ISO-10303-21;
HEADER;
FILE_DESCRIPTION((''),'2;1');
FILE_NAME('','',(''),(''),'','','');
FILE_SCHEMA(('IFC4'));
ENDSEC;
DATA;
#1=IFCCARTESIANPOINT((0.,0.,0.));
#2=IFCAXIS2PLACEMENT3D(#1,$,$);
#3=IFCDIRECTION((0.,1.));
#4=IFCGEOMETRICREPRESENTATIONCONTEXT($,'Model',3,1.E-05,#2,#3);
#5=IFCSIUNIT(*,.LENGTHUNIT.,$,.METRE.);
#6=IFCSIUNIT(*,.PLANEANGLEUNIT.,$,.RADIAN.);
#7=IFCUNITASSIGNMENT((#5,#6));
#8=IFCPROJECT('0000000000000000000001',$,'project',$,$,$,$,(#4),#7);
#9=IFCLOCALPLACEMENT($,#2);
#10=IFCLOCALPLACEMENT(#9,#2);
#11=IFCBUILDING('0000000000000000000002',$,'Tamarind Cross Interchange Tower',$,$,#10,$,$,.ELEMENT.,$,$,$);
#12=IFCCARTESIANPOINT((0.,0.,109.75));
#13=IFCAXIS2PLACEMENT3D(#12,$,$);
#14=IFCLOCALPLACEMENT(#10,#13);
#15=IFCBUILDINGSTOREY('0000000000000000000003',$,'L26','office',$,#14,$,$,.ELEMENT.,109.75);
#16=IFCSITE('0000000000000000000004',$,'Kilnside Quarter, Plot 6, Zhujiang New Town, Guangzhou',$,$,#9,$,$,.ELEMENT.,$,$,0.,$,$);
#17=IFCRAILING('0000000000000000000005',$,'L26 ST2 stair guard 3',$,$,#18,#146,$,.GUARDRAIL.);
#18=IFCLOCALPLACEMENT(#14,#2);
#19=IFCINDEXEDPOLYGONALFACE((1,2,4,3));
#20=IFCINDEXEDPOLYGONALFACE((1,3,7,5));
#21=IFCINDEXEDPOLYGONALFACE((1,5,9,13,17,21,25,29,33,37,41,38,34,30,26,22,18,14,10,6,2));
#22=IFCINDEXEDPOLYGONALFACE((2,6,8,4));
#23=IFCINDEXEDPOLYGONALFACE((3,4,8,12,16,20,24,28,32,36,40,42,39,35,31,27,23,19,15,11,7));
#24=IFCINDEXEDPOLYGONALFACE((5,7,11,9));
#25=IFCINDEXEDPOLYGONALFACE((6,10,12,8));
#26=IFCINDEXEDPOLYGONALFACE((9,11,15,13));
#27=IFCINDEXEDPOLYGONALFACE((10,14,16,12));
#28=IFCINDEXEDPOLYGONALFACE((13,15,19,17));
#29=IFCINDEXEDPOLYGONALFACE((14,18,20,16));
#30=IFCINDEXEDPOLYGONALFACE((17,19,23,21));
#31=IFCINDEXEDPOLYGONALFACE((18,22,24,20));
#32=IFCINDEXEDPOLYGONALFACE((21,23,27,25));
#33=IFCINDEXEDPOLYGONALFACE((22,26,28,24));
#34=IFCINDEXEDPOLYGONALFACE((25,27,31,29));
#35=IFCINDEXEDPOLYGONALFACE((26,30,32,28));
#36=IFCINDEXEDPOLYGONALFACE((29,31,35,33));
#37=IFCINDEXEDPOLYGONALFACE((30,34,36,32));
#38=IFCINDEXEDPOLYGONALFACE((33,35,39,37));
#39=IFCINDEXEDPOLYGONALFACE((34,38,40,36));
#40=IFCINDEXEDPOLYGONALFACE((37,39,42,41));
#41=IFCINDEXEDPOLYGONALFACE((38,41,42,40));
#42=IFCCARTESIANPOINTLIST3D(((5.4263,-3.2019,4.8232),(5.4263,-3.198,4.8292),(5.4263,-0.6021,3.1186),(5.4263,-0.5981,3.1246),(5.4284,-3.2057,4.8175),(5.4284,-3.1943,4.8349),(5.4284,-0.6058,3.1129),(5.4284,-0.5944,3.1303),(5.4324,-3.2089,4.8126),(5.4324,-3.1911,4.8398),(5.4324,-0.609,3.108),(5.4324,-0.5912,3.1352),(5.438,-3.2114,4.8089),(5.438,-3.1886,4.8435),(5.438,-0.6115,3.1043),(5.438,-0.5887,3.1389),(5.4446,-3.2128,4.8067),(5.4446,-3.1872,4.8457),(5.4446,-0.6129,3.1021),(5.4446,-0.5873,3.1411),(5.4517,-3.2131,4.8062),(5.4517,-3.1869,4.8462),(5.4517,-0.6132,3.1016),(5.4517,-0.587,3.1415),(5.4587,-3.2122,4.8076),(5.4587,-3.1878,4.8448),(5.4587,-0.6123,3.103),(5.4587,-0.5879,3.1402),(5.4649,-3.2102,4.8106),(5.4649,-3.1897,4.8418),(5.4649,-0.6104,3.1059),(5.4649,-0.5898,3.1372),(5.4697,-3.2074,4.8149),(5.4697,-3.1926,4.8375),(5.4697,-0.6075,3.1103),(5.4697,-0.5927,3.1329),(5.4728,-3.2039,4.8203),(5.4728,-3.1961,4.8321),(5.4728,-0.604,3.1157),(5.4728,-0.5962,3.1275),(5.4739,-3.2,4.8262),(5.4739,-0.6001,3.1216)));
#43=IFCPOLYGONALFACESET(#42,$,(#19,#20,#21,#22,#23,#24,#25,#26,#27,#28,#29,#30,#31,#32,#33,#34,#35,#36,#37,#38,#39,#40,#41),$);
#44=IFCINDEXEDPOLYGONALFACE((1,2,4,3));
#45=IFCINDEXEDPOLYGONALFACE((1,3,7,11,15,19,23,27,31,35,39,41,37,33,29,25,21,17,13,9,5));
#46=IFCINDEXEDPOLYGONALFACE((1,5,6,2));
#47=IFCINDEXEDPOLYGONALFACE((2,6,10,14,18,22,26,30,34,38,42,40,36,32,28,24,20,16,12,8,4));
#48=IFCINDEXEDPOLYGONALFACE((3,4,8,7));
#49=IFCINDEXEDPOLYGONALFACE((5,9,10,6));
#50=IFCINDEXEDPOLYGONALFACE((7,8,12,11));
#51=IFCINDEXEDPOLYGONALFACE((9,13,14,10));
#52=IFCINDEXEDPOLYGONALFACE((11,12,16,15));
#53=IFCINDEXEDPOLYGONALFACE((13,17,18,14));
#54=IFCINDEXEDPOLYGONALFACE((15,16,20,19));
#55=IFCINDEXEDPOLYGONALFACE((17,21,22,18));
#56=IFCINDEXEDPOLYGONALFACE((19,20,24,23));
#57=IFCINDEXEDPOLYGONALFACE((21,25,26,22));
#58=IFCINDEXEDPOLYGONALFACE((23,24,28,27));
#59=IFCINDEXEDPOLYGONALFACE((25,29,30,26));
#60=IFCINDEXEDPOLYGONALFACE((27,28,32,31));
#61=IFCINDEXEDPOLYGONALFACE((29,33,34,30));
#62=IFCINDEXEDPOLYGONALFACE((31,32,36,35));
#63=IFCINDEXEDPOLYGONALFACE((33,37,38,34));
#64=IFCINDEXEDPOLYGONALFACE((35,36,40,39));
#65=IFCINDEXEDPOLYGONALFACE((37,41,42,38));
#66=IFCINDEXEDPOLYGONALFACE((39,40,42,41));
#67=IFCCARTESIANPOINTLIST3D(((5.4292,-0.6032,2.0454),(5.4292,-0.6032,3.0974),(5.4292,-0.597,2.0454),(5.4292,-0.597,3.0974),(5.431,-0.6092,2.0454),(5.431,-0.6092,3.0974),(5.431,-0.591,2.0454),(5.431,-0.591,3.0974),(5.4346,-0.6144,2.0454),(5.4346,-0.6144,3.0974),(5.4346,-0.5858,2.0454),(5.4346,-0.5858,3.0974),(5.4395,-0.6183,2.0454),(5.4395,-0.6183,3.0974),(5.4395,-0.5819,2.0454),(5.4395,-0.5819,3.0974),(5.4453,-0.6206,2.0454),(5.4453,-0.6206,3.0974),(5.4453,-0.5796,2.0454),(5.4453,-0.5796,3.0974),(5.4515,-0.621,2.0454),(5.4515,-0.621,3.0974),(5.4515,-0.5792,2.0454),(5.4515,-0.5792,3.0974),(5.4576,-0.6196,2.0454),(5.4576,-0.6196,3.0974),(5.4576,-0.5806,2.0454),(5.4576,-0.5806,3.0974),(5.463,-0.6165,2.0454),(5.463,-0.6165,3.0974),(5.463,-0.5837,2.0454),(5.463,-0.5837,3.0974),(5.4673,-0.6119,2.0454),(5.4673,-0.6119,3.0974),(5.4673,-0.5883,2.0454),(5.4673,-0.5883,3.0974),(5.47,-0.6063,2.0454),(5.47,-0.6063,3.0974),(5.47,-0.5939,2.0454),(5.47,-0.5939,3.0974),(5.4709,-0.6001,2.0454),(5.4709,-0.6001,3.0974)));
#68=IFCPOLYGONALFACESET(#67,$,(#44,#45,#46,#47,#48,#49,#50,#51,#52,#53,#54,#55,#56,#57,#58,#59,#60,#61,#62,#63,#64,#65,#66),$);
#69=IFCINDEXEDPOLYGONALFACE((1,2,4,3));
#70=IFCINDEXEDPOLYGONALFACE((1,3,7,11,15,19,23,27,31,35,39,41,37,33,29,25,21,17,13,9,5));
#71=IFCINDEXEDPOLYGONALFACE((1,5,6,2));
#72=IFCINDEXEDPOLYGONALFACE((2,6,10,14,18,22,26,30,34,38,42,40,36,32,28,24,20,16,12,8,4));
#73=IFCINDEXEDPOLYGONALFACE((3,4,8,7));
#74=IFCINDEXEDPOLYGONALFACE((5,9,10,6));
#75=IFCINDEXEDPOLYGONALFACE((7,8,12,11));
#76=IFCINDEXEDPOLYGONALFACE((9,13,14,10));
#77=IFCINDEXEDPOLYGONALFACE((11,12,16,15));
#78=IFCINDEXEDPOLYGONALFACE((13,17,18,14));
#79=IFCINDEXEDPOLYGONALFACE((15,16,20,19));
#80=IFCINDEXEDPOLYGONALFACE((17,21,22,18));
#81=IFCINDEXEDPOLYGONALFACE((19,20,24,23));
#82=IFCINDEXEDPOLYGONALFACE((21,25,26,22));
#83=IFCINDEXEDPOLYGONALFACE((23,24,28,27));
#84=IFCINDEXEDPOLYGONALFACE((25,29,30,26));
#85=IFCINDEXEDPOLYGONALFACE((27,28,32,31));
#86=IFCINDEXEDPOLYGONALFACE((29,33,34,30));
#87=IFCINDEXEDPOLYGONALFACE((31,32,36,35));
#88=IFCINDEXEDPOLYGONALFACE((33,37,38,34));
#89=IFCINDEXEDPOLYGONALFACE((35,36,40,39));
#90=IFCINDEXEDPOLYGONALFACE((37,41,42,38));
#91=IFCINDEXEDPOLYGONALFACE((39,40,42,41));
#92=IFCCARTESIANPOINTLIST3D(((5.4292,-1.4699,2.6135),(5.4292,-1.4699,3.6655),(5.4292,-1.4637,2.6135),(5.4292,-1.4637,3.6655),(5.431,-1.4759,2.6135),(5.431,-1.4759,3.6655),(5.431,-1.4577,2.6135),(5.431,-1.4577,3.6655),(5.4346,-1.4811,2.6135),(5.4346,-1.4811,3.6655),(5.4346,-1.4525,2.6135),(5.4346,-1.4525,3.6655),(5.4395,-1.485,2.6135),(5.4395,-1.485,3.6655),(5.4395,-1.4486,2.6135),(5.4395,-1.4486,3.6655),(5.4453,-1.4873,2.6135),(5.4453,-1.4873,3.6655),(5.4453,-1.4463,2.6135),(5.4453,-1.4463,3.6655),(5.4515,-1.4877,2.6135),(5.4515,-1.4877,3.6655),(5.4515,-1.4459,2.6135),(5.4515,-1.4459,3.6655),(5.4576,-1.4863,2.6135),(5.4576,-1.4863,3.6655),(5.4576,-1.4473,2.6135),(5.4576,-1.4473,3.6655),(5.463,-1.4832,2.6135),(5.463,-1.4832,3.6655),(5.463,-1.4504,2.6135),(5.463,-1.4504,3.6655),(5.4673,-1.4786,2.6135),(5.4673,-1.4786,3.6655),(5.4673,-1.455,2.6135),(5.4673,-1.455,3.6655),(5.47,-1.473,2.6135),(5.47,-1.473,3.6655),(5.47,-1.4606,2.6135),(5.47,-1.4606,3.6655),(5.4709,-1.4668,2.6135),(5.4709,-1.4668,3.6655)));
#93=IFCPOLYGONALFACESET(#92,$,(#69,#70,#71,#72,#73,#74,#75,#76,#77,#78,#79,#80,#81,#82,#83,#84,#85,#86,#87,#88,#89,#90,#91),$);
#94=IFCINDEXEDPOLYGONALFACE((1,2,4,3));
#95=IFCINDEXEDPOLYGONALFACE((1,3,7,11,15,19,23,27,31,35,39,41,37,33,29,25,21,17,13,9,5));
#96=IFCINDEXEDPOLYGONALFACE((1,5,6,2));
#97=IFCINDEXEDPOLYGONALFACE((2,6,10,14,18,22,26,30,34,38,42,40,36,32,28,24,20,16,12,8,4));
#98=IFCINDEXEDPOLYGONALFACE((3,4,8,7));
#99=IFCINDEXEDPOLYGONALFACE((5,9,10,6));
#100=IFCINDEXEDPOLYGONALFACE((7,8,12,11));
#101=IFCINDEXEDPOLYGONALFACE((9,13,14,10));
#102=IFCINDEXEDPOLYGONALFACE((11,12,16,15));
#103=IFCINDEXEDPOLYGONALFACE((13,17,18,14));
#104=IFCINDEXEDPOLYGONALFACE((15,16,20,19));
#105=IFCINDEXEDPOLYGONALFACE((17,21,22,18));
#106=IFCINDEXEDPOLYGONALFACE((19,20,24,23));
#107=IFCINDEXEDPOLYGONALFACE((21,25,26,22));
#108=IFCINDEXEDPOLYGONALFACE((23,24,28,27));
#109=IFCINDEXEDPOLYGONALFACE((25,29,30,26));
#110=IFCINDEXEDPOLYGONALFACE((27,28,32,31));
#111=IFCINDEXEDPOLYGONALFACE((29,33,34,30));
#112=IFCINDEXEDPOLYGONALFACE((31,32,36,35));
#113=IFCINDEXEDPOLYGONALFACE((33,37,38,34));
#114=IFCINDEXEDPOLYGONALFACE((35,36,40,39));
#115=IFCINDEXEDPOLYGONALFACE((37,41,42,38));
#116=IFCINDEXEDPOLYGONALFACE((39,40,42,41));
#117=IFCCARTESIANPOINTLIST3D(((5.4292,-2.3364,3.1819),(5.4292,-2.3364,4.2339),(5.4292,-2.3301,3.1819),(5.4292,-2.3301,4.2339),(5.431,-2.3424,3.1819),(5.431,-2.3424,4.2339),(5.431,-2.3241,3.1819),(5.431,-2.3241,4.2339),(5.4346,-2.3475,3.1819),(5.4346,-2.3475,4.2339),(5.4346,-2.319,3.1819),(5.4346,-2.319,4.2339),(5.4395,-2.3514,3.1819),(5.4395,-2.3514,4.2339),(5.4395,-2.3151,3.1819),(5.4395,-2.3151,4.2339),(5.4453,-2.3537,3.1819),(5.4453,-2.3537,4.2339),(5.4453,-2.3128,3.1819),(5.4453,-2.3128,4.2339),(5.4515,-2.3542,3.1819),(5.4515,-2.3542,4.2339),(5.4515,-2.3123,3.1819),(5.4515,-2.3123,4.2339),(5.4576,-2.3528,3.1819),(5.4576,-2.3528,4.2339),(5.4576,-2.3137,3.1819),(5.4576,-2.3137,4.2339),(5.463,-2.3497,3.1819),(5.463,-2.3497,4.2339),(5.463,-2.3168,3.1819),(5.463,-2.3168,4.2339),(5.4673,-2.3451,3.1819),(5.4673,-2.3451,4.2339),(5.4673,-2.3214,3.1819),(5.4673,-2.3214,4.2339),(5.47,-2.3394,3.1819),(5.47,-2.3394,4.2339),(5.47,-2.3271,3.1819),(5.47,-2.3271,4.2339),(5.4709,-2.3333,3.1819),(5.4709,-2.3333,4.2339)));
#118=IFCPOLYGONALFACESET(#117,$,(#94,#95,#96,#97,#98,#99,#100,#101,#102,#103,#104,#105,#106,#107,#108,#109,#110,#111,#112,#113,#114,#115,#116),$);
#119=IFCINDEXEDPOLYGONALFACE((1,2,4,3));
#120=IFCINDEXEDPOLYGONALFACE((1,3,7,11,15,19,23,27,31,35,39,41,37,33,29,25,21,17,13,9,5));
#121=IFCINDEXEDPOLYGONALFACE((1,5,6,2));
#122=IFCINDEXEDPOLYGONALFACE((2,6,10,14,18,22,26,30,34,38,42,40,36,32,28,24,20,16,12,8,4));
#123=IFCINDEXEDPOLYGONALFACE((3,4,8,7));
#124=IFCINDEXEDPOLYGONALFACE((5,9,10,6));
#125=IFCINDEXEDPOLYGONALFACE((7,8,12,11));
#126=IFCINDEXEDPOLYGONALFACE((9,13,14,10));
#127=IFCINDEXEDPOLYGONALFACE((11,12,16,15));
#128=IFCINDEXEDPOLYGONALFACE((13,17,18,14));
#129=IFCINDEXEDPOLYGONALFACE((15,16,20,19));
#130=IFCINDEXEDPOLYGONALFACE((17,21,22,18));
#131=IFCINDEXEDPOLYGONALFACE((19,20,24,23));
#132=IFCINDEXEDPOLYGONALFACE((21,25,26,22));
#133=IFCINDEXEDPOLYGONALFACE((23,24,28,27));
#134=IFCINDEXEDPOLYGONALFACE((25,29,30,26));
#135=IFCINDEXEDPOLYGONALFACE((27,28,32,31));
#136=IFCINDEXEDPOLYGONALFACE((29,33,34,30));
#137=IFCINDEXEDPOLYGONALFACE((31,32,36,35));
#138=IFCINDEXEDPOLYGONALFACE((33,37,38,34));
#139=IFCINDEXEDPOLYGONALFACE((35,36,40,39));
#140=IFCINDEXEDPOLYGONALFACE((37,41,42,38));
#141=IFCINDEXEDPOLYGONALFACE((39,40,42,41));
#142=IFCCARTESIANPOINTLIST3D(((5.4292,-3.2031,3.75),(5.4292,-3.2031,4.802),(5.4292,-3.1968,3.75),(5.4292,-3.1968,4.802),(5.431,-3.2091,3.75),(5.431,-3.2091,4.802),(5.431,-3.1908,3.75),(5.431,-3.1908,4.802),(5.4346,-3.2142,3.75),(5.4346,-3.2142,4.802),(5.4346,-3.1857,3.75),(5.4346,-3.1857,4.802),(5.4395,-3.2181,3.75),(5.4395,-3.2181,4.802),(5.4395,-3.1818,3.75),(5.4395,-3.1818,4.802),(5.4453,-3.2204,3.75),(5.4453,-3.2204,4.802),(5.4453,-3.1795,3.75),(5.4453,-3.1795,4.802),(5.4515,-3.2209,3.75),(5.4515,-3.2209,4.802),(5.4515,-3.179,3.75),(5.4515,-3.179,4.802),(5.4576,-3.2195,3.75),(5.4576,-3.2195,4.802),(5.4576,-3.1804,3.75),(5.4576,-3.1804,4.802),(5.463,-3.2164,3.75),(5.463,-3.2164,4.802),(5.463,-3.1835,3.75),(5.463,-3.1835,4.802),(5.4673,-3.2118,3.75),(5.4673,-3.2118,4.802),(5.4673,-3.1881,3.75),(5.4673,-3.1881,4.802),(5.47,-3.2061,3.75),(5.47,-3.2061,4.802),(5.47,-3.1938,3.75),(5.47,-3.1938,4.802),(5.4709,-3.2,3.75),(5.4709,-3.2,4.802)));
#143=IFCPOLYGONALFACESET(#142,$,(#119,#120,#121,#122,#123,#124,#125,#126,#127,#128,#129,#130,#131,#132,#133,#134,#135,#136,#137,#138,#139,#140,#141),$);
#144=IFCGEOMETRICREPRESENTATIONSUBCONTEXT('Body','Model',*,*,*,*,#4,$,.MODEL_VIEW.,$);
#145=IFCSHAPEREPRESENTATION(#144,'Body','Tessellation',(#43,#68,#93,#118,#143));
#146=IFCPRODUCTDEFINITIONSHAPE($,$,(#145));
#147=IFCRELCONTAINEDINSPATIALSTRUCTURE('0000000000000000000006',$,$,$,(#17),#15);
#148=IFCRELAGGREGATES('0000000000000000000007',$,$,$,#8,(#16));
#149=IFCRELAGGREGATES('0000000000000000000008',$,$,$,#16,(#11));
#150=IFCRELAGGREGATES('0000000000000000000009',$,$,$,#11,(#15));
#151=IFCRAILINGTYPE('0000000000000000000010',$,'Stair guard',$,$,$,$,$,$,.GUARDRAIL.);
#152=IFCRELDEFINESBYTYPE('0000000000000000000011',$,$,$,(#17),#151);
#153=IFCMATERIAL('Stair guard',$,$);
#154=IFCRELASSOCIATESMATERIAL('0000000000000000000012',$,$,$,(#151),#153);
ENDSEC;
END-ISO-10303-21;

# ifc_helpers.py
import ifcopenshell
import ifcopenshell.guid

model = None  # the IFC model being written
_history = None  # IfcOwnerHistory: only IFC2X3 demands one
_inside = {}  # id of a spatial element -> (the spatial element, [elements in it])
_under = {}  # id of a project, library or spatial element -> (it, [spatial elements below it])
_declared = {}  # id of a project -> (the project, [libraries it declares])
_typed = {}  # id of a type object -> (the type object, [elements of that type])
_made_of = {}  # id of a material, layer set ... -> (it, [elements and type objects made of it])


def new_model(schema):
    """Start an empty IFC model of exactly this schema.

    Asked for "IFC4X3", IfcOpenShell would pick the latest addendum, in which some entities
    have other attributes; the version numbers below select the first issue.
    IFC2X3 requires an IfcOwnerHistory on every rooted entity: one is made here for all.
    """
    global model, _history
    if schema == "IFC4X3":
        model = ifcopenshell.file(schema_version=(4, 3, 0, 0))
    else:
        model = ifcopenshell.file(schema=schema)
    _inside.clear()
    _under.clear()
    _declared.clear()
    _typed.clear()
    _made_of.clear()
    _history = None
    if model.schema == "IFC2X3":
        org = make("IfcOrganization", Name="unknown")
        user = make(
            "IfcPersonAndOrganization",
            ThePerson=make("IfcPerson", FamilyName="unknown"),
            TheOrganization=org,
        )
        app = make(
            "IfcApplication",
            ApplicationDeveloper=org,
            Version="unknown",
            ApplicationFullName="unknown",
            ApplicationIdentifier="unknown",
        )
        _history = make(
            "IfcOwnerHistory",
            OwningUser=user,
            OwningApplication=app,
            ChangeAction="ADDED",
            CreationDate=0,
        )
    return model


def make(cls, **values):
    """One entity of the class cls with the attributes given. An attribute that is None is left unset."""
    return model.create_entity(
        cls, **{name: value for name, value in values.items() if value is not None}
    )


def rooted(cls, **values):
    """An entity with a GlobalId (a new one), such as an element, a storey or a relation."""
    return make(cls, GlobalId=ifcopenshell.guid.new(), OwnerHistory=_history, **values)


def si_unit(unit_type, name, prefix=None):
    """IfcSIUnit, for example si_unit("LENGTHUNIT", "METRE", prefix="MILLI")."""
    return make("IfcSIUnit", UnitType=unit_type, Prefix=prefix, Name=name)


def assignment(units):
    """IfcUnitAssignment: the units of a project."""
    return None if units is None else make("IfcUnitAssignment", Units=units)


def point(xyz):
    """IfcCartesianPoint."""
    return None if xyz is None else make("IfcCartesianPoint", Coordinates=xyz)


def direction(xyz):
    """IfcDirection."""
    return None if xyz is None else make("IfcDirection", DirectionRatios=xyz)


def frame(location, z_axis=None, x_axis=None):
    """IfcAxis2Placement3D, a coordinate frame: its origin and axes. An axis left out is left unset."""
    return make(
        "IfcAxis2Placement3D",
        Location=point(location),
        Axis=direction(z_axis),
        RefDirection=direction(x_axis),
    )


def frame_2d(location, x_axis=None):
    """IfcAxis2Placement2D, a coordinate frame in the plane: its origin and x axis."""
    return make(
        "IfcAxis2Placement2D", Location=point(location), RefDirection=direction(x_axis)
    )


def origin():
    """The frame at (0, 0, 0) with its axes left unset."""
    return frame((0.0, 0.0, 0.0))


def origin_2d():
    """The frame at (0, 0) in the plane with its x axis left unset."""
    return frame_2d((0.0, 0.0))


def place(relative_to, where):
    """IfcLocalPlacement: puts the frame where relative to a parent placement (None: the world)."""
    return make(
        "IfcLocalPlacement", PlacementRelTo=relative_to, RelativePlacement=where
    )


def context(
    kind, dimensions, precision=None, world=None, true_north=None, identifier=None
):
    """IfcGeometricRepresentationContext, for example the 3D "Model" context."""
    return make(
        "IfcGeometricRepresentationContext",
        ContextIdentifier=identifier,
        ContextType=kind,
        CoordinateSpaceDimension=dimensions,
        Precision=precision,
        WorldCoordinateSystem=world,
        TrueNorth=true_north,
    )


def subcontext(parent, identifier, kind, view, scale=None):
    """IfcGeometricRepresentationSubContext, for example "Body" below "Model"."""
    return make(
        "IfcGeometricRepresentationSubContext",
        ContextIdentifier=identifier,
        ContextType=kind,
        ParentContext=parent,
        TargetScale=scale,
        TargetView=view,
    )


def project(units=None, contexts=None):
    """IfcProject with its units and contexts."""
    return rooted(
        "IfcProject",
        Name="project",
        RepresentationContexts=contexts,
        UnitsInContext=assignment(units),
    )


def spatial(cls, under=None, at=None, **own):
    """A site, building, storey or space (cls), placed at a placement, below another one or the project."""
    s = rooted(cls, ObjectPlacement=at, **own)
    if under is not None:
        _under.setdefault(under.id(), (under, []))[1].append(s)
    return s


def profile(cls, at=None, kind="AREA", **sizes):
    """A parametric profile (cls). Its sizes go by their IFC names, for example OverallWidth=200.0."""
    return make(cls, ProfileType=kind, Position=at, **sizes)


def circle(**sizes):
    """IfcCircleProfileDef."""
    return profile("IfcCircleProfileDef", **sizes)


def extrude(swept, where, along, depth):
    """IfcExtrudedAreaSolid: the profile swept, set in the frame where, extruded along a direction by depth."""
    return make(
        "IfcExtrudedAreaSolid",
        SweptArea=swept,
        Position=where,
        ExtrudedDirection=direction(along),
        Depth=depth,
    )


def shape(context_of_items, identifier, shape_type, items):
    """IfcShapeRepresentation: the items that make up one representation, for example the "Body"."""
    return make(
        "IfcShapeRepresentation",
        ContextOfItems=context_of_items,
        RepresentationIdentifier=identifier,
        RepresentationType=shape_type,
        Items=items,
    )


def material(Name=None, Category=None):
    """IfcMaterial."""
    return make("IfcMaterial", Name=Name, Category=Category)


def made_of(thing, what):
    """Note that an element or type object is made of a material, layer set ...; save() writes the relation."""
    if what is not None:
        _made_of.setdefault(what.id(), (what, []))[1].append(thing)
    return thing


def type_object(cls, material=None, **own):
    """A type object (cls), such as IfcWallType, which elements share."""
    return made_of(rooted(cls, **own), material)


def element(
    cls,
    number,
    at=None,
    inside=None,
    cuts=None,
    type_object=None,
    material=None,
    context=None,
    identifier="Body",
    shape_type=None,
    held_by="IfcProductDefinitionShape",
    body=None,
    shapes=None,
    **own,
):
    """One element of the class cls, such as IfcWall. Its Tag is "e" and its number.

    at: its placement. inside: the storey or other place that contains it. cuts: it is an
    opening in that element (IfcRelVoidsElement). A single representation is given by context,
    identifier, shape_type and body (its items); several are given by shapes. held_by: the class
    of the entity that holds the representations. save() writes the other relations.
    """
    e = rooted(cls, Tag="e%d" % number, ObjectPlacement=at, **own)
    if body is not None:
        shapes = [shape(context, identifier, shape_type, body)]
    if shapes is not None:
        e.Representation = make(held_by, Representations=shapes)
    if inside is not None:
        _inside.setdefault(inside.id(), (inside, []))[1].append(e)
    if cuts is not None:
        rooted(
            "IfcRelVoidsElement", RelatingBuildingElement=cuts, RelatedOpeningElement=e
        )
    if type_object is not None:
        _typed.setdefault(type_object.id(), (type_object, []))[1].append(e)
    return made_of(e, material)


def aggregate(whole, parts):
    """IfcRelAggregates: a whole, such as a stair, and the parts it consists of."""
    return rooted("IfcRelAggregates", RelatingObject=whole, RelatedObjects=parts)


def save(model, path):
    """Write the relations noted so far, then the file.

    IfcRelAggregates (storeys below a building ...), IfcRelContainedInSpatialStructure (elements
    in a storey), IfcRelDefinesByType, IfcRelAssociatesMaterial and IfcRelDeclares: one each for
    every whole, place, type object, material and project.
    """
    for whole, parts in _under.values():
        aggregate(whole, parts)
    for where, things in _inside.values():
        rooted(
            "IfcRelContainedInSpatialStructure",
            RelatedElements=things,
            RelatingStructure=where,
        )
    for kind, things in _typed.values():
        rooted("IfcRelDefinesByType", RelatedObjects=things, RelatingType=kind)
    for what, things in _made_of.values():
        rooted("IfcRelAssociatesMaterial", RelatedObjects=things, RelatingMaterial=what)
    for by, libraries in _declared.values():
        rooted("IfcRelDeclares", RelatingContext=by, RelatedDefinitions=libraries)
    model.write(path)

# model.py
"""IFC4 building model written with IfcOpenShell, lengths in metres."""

from ifc_helpers import new_model, si_unit, direction, frame, origin, origin_2d, place, context, subcontext, project, spatial, circle, extrude, material, type_object, element, save


model = new_model("IFC4")

# Units and contexts
model_context = context("Model", 3, precision=1e-05, world=origin(), true_north=direction((0.0, 1.0)))
body_context = subcontext(model_context, "Body", "Model", "MODEL_VIEW")
ifc_project = project(units=[si_unit("LENGTHUNIT", "METRE"), si_unit("PLANEANGLEUNIT", "RADIAN")], contexts=[model_context])

# Site, building, storey
site_placement = place(None, origin())
site = spatial("IfcSite", under=ifc_project, at=site_placement, Name="Kilnside Quarter, Plot 6, Zhujiang New Town, Guangzhou", CompositionType="ELEMENT", RefElevation=0.0)
building_placement = place(site_placement, origin())
building = spatial("IfcBuilding", under=site, at=building_placement, Name="Tamarind Cross Interchange Tower", CompositionType="ELEMENT")
storey_placement = place(building_placement, frame((0.0, 0.0, 109.75)))
storey = spatial("IfcBuildingStorey", under=building, at=storey_placement, Name="L26", Description="office", CompositionType="ELEMENT", Elevation=109.75)

# Railing
ifc_material_1 = material(Name="Stair guard")
railing_type_1 = type_object("IfcRailingType", Name="Stair guard", PredefinedType="GUARDRAIL", material=ifc_material_1)
railing_1_placement = place(storey_placement, frame((5.45, -0.6001, 2.0454)))
element("IfcRailing", 1, at=railing_1_placement, inside=storey, type_object=railing_type_1, Name="L26 ST2 stair guard 3", PredefinedType="GUARDRAIL", context=body_context, shape_type="SweptSolid", body=[
    extrude(circle(Radius=0.0239, at=origin_2d()), frame((0.0, 0.0, 1.0762), z_axis=(0.0, -0.836279, 0.548305), x_axis=(1.0, 0.0, 0.0)), (0.0, 0.0, 1.0), 3.1089),
    extrude(circle(Radius=0.021, at=origin_2d()), origin(), (0.0, 0.0, 1.0), 1.052),
    extrude(circle(Radius=0.021, at=origin_2d()), frame((0.0, -0.8667, 0.5681)), (0.0, 0.0, 1.0), 1.052),
    extrude(circle(Radius=0.021, at=origin_2d()), frame((0.0, -1.7332, 1.1365)), (0.0, 0.0, 1.0), 1.052),
    extrude(circle(Radius=0.021, at=origin_2d()), frame((0.0, -2.5999, 1.7046)), (0.0, 0.0, 1.0), 1.052),
])

save(model, "model.ifc")
